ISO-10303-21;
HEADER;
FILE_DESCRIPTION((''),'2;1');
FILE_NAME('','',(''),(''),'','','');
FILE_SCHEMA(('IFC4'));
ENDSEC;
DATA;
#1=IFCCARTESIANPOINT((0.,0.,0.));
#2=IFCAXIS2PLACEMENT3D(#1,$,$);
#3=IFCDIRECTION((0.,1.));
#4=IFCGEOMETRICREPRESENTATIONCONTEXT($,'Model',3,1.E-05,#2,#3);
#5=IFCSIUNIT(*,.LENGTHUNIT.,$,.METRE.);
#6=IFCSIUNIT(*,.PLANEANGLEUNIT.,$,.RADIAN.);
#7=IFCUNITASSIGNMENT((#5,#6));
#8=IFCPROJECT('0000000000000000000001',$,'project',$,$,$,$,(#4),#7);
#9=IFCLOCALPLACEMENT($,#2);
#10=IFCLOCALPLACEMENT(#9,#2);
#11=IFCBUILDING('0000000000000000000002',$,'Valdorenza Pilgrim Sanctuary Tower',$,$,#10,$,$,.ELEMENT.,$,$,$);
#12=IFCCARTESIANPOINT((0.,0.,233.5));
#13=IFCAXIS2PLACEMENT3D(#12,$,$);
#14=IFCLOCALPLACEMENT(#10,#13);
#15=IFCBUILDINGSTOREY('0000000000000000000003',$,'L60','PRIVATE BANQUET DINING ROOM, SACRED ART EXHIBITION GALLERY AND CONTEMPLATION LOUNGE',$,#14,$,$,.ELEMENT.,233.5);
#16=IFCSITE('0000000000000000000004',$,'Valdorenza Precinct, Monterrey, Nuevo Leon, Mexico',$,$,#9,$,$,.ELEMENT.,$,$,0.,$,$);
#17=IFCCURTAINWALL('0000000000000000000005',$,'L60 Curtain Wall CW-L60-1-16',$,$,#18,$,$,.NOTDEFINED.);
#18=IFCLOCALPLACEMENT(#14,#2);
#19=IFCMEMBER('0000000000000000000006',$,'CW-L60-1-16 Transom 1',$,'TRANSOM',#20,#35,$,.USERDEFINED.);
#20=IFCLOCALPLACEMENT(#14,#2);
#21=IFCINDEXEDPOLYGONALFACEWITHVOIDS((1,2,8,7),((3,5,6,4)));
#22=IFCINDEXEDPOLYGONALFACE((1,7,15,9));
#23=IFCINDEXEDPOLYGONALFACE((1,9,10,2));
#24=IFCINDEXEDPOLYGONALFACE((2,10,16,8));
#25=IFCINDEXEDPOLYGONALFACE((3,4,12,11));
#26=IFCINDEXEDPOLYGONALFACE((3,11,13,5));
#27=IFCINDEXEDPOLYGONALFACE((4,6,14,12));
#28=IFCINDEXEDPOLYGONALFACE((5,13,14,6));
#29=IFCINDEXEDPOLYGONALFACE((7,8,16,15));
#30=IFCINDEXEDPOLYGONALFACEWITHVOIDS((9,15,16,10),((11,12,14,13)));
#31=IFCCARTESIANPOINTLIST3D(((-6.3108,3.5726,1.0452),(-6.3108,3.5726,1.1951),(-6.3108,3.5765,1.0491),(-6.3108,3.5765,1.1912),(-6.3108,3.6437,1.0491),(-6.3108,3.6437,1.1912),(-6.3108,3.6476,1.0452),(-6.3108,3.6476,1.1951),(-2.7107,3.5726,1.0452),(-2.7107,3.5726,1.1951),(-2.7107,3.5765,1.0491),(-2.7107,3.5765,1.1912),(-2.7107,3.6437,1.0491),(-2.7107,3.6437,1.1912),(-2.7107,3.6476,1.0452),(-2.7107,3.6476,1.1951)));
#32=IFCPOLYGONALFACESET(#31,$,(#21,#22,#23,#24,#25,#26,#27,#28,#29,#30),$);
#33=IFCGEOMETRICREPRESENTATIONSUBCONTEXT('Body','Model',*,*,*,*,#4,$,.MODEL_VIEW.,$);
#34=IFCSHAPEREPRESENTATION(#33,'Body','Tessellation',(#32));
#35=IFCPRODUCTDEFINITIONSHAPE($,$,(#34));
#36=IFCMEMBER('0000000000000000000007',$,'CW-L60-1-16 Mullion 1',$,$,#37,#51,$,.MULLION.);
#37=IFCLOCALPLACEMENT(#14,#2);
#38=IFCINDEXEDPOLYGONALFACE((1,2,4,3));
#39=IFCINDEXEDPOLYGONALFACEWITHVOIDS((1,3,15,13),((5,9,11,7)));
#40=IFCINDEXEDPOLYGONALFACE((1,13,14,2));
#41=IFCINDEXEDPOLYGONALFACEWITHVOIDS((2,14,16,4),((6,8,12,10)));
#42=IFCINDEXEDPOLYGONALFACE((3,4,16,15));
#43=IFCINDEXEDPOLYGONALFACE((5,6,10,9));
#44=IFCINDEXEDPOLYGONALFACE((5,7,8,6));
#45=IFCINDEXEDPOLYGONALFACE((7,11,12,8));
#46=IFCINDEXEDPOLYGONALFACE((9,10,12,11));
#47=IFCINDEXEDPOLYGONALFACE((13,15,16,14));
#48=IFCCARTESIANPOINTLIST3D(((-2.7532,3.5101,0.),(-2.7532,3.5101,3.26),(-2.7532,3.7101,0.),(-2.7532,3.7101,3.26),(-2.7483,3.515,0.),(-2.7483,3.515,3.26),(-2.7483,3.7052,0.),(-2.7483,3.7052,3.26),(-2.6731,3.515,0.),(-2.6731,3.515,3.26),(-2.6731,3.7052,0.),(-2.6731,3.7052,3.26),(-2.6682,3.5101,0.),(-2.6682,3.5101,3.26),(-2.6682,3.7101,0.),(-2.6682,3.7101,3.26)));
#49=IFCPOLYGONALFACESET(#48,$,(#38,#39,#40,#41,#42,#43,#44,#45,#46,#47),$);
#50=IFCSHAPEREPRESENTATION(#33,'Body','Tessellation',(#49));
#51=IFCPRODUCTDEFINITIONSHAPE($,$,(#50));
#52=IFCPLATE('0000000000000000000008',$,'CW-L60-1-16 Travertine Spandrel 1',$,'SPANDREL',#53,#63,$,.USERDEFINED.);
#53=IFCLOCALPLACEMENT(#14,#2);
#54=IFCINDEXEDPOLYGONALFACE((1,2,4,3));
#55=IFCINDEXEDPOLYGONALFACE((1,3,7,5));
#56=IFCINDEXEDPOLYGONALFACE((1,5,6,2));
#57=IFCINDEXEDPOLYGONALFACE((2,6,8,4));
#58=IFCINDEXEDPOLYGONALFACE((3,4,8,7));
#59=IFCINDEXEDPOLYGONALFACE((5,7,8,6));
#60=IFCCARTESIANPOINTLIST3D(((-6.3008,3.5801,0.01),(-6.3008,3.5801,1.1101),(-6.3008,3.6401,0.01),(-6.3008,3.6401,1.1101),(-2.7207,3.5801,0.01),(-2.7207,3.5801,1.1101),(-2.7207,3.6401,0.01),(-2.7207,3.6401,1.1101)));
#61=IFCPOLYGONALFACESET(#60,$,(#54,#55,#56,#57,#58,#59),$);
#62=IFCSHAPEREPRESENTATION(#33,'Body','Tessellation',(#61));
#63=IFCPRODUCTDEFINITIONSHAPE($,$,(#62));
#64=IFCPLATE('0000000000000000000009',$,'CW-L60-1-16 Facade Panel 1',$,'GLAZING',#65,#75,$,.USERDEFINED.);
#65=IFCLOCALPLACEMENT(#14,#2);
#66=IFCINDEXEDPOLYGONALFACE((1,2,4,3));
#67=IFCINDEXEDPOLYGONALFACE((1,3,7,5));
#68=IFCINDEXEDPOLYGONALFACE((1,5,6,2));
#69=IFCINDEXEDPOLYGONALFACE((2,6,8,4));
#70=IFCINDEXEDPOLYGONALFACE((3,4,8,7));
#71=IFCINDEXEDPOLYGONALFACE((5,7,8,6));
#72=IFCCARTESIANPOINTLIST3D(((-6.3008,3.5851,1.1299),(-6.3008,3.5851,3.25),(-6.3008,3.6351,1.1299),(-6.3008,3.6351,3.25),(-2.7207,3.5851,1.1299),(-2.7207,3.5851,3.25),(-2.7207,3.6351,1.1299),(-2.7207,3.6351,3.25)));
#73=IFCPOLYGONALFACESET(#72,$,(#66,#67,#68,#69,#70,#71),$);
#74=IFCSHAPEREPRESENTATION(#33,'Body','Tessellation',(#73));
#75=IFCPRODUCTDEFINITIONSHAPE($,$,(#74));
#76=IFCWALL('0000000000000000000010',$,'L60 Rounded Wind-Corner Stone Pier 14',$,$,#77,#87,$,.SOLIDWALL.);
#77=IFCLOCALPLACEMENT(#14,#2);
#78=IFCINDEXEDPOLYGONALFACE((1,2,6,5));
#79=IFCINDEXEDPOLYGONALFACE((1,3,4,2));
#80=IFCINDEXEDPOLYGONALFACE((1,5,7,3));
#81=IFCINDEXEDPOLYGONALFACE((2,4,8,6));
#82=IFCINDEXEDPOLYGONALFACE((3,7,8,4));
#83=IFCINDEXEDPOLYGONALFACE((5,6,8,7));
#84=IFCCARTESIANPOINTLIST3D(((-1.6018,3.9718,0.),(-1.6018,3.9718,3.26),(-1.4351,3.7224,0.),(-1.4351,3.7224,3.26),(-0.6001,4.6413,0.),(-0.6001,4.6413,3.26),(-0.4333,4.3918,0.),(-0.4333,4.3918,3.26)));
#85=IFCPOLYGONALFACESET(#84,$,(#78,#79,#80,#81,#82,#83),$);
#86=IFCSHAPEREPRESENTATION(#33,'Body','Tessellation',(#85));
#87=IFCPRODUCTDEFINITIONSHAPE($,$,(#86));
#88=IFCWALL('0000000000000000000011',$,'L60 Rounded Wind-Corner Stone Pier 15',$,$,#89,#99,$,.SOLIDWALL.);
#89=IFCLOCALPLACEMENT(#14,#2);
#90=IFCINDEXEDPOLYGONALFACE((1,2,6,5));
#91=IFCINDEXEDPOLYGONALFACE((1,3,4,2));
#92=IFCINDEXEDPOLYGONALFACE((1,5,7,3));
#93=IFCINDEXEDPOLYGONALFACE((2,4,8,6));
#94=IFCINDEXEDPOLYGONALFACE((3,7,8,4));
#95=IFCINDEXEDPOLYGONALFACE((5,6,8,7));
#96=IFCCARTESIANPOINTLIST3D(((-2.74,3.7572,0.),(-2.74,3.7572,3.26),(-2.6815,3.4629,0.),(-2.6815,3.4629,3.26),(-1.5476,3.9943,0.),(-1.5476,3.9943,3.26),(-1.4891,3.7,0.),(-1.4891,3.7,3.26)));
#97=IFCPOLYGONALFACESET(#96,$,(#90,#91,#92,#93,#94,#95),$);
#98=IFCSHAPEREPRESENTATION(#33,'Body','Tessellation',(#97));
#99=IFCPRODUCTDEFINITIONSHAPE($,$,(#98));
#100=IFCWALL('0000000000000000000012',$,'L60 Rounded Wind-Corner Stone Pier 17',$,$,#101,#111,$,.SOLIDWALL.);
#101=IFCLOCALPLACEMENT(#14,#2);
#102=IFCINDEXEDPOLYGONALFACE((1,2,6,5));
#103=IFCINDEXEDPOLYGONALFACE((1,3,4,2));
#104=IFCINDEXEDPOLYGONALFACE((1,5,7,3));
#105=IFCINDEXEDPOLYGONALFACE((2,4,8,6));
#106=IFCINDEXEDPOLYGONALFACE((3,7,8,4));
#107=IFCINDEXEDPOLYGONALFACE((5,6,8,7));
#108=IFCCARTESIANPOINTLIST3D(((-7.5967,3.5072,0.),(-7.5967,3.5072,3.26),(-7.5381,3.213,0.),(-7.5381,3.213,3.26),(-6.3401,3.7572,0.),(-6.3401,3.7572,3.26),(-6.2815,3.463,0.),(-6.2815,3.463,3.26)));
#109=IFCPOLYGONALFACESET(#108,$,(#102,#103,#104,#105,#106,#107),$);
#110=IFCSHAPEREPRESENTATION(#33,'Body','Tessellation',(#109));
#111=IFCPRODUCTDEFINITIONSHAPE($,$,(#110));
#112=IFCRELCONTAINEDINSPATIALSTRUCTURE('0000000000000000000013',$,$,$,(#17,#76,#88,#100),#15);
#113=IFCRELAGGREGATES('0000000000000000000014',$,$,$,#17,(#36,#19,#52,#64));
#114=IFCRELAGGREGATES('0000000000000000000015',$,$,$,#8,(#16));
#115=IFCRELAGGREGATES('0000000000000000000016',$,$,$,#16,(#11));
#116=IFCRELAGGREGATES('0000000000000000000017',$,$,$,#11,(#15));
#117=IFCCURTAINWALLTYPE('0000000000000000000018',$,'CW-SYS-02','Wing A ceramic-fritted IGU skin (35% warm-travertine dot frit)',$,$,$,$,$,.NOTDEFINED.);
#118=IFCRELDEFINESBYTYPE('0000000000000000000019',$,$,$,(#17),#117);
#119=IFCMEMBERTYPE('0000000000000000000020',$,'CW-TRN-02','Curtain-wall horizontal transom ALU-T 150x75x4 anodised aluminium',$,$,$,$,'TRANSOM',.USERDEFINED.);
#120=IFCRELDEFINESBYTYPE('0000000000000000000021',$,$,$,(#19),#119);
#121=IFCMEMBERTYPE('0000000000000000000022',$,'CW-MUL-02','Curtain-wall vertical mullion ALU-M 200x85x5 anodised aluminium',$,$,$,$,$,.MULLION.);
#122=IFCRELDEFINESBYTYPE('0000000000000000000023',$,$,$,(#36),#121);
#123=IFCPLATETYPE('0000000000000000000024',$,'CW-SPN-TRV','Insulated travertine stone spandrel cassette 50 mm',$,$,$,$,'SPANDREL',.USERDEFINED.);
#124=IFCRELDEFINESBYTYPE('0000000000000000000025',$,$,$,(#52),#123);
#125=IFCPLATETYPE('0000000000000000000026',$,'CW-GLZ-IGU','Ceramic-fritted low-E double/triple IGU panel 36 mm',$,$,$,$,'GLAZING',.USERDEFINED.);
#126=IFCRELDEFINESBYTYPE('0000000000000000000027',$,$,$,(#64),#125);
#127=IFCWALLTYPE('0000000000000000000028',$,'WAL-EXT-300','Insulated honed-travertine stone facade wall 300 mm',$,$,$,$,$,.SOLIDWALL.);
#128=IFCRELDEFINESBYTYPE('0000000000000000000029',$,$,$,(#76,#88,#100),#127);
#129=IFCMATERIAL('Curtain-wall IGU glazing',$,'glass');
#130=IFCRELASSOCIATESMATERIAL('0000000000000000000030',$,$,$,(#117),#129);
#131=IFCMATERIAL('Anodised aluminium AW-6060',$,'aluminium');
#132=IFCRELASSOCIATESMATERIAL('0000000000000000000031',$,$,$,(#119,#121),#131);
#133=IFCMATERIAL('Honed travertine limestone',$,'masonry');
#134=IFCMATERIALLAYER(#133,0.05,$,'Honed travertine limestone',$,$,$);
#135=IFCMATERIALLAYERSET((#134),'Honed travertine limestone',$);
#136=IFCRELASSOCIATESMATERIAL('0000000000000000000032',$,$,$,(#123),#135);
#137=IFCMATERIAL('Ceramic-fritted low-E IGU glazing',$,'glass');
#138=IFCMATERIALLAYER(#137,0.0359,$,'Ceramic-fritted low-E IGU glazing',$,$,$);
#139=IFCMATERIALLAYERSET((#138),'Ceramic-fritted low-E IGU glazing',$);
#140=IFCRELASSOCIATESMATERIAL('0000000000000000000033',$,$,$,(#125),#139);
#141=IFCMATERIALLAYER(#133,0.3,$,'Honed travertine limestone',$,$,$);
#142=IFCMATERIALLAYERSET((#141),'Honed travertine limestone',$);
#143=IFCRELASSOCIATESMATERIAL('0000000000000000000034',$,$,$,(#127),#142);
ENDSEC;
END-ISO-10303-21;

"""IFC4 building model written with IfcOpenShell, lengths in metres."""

from ifc_helpers import new_model, si_unit, direction, frame, frame_2d, origin, origin_2d, place, context, subcontext, project, spatial, rectangle, hollow_rectangle, extrude, source, transform, mapped, material, layer, layer_set, material_profile, profile_set, type_object, element, aggregate, save


model = new_model("IFC4")

# Units and contexts
model_context = context("Model", 3, precision=1e-05, world=origin(), true_north=direction((0.0, 1.0)))
body_context = subcontext(model_context, "Body", "Model", "MODEL_VIEW")
ifc_project = project(units=[si_unit("LENGTHUNIT", "METRE"), si_unit("PLANEANGLEUNIT", "RADIAN")], contexts=[model_context])

# Site, building, storey
site_placement = place(None, origin())
site = spatial("IfcSite", under=ifc_project, at=site_placement, Name="Valdorenza Precinct, Monterrey, Nuevo Leon, Mexico", CompositionType="ELEMENT", RefElevation=0.0)
building_placement = place(site_placement, origin())
building = spatial("IfcBuilding", under=site, at=building_placement, Name="Valdorenza Pilgrim Sanctuary Tower", CompositionType="ELEMENT")
storey_placement = place(building_placement, frame((0.0, 0.0, 233.5)))
storey = spatial("IfcBuildingStorey", under=building, at=storey_placement, Name="L60", Description="PRIVATE BANQUET DINING ROOM, SACRED ART EXHIBITION GALLERY AND CONTEMPLATION LOUNGE", CompositionType="ELEMENT", Elevation=233.5)

# Curtain wall, members, plates
ifc_material_1 = material(Name="Curtain-wall IGU glazing", Category="glass")
curtain_wall_type = type_object("IfcCurtainWallType", Name="CW-SYS-02", Description="Wing A ceramic-fritted IGU skin (35% warm-travertine dot frit)", PredefinedType="NOTDEFINED", material=ifc_material_1)
curtain_wall_placement = place(storey_placement, origin())
curtain_wall = element("IfcCurtainWall", 1, at=curtain_wall_placement, inside=storey, type_object=curtain_wall_type, Name="L60 Curtain Wall CW-L60-1-16", PredefinedType="NOTDEFINED")
ifc_material_2 = material(Name="Anodised aluminium AW-6060", Category="aluminium")
ifc_material_profile_1 = material_profile(ifc_material_2, hollow_rectangle(XDim=0.075, YDim=0.1499, WallThickness=0.0039, at=origin_2d()), Name="ALU-T 150x75x4")
ifc_profile_set_1 = profile_set([ifc_material_profile_1], Name="Anodised aluminium AW-6060")
member_type_1 = type_object("IfcMemberType", Name="CW-TRN-02", Description="Curtain-wall horizontal transom ALU-T 150x75x4 anodised aluminium", ElementType="TRANSOM", PredefinedType="USERDEFINED", material=ifc_profile_set_1)
shared_shape_1 = source(origin(), body_context, "Body", "SweptSolid", [
    extrude(hollow_rectangle(XDim=0.075, YDim=0.1499, WallThickness=0.0039, at=origin_2d()), origin(), (0.0, 0.0, 1.0), 3.6001),
])
member_1_placement = place(storey_placement, frame((-2.7107, 3.6101, 1.1201), z_axis=(-1.0, 0.0, 0.0), x_axis=(0.0, -1.0, 0.0)))
member_1 = element("IfcMember", 2, at=member_1_placement, type_object=member_type_1, Name="CW-L60-1-16 Transom 1", ObjectType="TRANSOM", PredefinedType="USERDEFINED", context=body_context, shape_type="MappedRepresentation", body=[
    mapped(shared_shape_1, transform((0.0, 0.0, 0.0), x_axis=(1.0, 0.0, 0.0), y_axis=(0.0, 1.0, 0.0), z_axis=(0.0, 0.0, 1.0), scale=1.0)),
])
ifc_material_profile_2 = material_profile(ifc_material_2, hollow_rectangle(XDim=0.085, YDim=0.2, WallThickness=0.0049, at=origin_2d()), Name="ALU-M 200x85x5")
ifc_profile_set_2 = profile_set([ifc_material_profile_2], Name="Anodised aluminium AW-6060")
member_type_2 = type_object("IfcMemberType", Name="CW-MUL-02", Description="Curtain-wall vertical mullion ALU-M 200x85x5 anodised aluminium", PredefinedType="MULLION", material=ifc_profile_set_2)
shared_shape_2 = source(origin(), body_context, "Body", "SweptSolid", [
    extrude(hollow_rectangle(XDim=0.085, YDim=0.2, WallThickness=0.0049, at=origin_2d()), origin(), (0.0, 0.0, 1.0), 3.26),
])
member_2_placement = place(storey_placement, frame((-2.7107, 3.6101, 0.0), z_axis=(0.0, 0.0, 1.0), x_axis=(-1.0, 0.0, 0.0)))
member_2 = element("IfcMember", 3, at=member_2_placement, type_object=member_type_2, Name="CW-L60-1-16 Mullion 1", PredefinedType="MULLION", context=body_context, shape_type="MappedRepresentation", body=[
    mapped(shared_shape_2, transform((0.0, 0.0, 0.0), x_axis=(1.0, 0.0, 0.0), y_axis=(0.0, 1.0, 0.0), z_axis=(0.0, 0.0, 1.0), scale=1.0)),
])
ifc_material_3 = material(Name="Honed travertine limestone", Category="masonry")
ifc_layer_1 = layer(ifc_material_3, 0.05, Name="Honed travertine limestone")
ifc_layer_set_1 = layer_set([ifc_layer_1], Name="Honed travertine limestone")
plate_type_1 = type_object("IfcPlateType", Name="CW-SPN-TRV", Description="Insulated travertine stone spandrel cassette 50 mm", ElementType="SPANDREL", PredefinedType="USERDEFINED", material=ifc_layer_set_1)
shared_shape_3 = source(origin(), body_context, "Body", "SweptSolid", [
    extrude(rectangle(XDim=3.5801, YDim=0.0601, at=origin_2d()), origin(), (0.0, 0.0, 1.0), 1.1001),
])
plate_1_placement = place(storey_placement, frame((-4.5107, 3.6101, 0.01), z_axis=(0.0, 0.0, 1.0), x_axis=(-1.0, 0.0, 0.0)))
plate_1 = element("IfcPlate", 4, at=plate_1_placement, type_object=plate_type_1, Name="CW-L60-1-16 Travertine Spandrel 1", ObjectType="SPANDREL", PredefinedType="USERDEFINED", context=body_context, shape_type="MappedRepresentation", body=[
    mapped(shared_shape_3, transform((0.0, 0.0, 0.0), x_axis=(1.0, 0.0, 0.0), y_axis=(0.0, 1.0, 0.0), z_axis=(0.0, 0.0, 1.0), scale=1.0)),
])
ifc_material_4 = material(Name="Ceramic-fritted low-E IGU glazing", Category="glass")
ifc_layer_2 = layer(ifc_material_4, 0.0359, Name="Ceramic-fritted low-E IGU glazing")
ifc_layer_set_2 = layer_set([ifc_layer_2], Name="Ceramic-fritted low-E IGU glazing")
plate_type_2 = type_object("IfcPlateType", Name="CW-GLZ-IGU", Description="Ceramic-fritted low-E double/triple IGU panel 36 mm", ElementType="GLAZING", PredefinedType="USERDEFINED", material=ifc_layer_set_2)
shared_shape_4 = source(origin(), body_context, "Body", "SweptSolid", [
    extrude(rectangle(XDim=3.5801, YDim=0.05, at=origin_2d()), origin(), (0.0, 0.0, 1.0), 2.1201),
])
plate_2_placement = place(storey_placement, frame((-4.5107, 3.6101, 1.1299), z_axis=(0.0, 0.0, 1.0), x_axis=(-1.0, 0.0, 0.0)))
plate_2 = element("IfcPlate", 5, at=plate_2_placement, type_object=plate_type_2, Name="CW-L60-1-16 Facade Panel 1", ObjectType="GLAZING", PredefinedType="USERDEFINED", context=body_context, shape_type="MappedRepresentation", body=[
    mapped(shared_shape_4, transform((0.0, 0.0, 0.0), x_axis=(1.0, 0.0, 0.0), y_axis=(0.0, 1.0, 0.0), z_axis=(0.0, 0.0, 1.0), scale=1.0)),
])
aggregate(curtain_wall, [member_2, member_1, plate_1, plate_2])

# Walls
ifc_layer_3 = layer(ifc_material_3, 0.3, Name="Honed travertine limestone")
ifc_layer_set_3 = layer_set([ifc_layer_3], Name="Honed travertine limestone")
wall_type = type_object("IfcWallType", Name="WAL-EXT-300", Description="Insulated honed-travertine stone facade wall 300 mm", PredefinedType="SOLIDWALL", material=ifc_layer_set_3)
wall_1_placement = place(storey_placement, frame((-0.5166, 4.5166, 0.0), z_axis=(0.0, 0.0, 1.0), x_axis=(-0.831426, -0.555635, 0.0)))
element("IfcWall", 6, at=wall_1_placement, inside=storey, type_object=wall_type, Name="L60 Rounded Wind-Corner Stone Pier 14", PredefinedType="SOLIDWALL", context=body_context, shape_type="SweptSolid", body=[
    extrude(rectangle(XDim=1.2048, YDim=0.3, at=frame_2d((0.6025, 0.0))), origin(), (0.0, 0.0, 1.0), 3.26),
])
wall_2_placement = place(storey_placement, frame((-1.5183, 3.8472, 0.0), z_axis=(0.0, 0.0, 1.0), x_axis=(-0.980804, -0.194996, 0.0)))
element("IfcWall", 7, at=wall_2_placement, inside=storey, type_object=wall_type, Name="L60 Rounded Wind-Corner Stone Pier 15", PredefinedType="SOLIDWALL", context=body_context, shape_type="SweptSolid", body=[
    extrude(rectangle(XDim=1.2158, YDim=0.3, at=frame_2d((0.6079, 0.0))), origin(), (0.0, 0.0, 1.0), 3.26),
])
wall_3_placement = place(storey_placement, frame((-6.3108, 3.6101, 0.0), z_axis=(0.0, 0.0, 1.0), x_axis=(-0.980778, -0.195127, 0.0)))
element("IfcWall", 8, at=wall_3_placement, inside=storey, type_object=wall_type, Name="L60 Rounded Wind-Corner Stone Pier 17", PredefinedType="SOLIDWALL", context=body_context, shape_type="SweptSolid", body=[
    extrude(rectangle(XDim=1.2812, YDim=0.3, at=frame_2d((0.6406, 0.0))), origin(), (0.0, 0.0, 1.0), 3.26),
])

save(model, "model.ifc")
